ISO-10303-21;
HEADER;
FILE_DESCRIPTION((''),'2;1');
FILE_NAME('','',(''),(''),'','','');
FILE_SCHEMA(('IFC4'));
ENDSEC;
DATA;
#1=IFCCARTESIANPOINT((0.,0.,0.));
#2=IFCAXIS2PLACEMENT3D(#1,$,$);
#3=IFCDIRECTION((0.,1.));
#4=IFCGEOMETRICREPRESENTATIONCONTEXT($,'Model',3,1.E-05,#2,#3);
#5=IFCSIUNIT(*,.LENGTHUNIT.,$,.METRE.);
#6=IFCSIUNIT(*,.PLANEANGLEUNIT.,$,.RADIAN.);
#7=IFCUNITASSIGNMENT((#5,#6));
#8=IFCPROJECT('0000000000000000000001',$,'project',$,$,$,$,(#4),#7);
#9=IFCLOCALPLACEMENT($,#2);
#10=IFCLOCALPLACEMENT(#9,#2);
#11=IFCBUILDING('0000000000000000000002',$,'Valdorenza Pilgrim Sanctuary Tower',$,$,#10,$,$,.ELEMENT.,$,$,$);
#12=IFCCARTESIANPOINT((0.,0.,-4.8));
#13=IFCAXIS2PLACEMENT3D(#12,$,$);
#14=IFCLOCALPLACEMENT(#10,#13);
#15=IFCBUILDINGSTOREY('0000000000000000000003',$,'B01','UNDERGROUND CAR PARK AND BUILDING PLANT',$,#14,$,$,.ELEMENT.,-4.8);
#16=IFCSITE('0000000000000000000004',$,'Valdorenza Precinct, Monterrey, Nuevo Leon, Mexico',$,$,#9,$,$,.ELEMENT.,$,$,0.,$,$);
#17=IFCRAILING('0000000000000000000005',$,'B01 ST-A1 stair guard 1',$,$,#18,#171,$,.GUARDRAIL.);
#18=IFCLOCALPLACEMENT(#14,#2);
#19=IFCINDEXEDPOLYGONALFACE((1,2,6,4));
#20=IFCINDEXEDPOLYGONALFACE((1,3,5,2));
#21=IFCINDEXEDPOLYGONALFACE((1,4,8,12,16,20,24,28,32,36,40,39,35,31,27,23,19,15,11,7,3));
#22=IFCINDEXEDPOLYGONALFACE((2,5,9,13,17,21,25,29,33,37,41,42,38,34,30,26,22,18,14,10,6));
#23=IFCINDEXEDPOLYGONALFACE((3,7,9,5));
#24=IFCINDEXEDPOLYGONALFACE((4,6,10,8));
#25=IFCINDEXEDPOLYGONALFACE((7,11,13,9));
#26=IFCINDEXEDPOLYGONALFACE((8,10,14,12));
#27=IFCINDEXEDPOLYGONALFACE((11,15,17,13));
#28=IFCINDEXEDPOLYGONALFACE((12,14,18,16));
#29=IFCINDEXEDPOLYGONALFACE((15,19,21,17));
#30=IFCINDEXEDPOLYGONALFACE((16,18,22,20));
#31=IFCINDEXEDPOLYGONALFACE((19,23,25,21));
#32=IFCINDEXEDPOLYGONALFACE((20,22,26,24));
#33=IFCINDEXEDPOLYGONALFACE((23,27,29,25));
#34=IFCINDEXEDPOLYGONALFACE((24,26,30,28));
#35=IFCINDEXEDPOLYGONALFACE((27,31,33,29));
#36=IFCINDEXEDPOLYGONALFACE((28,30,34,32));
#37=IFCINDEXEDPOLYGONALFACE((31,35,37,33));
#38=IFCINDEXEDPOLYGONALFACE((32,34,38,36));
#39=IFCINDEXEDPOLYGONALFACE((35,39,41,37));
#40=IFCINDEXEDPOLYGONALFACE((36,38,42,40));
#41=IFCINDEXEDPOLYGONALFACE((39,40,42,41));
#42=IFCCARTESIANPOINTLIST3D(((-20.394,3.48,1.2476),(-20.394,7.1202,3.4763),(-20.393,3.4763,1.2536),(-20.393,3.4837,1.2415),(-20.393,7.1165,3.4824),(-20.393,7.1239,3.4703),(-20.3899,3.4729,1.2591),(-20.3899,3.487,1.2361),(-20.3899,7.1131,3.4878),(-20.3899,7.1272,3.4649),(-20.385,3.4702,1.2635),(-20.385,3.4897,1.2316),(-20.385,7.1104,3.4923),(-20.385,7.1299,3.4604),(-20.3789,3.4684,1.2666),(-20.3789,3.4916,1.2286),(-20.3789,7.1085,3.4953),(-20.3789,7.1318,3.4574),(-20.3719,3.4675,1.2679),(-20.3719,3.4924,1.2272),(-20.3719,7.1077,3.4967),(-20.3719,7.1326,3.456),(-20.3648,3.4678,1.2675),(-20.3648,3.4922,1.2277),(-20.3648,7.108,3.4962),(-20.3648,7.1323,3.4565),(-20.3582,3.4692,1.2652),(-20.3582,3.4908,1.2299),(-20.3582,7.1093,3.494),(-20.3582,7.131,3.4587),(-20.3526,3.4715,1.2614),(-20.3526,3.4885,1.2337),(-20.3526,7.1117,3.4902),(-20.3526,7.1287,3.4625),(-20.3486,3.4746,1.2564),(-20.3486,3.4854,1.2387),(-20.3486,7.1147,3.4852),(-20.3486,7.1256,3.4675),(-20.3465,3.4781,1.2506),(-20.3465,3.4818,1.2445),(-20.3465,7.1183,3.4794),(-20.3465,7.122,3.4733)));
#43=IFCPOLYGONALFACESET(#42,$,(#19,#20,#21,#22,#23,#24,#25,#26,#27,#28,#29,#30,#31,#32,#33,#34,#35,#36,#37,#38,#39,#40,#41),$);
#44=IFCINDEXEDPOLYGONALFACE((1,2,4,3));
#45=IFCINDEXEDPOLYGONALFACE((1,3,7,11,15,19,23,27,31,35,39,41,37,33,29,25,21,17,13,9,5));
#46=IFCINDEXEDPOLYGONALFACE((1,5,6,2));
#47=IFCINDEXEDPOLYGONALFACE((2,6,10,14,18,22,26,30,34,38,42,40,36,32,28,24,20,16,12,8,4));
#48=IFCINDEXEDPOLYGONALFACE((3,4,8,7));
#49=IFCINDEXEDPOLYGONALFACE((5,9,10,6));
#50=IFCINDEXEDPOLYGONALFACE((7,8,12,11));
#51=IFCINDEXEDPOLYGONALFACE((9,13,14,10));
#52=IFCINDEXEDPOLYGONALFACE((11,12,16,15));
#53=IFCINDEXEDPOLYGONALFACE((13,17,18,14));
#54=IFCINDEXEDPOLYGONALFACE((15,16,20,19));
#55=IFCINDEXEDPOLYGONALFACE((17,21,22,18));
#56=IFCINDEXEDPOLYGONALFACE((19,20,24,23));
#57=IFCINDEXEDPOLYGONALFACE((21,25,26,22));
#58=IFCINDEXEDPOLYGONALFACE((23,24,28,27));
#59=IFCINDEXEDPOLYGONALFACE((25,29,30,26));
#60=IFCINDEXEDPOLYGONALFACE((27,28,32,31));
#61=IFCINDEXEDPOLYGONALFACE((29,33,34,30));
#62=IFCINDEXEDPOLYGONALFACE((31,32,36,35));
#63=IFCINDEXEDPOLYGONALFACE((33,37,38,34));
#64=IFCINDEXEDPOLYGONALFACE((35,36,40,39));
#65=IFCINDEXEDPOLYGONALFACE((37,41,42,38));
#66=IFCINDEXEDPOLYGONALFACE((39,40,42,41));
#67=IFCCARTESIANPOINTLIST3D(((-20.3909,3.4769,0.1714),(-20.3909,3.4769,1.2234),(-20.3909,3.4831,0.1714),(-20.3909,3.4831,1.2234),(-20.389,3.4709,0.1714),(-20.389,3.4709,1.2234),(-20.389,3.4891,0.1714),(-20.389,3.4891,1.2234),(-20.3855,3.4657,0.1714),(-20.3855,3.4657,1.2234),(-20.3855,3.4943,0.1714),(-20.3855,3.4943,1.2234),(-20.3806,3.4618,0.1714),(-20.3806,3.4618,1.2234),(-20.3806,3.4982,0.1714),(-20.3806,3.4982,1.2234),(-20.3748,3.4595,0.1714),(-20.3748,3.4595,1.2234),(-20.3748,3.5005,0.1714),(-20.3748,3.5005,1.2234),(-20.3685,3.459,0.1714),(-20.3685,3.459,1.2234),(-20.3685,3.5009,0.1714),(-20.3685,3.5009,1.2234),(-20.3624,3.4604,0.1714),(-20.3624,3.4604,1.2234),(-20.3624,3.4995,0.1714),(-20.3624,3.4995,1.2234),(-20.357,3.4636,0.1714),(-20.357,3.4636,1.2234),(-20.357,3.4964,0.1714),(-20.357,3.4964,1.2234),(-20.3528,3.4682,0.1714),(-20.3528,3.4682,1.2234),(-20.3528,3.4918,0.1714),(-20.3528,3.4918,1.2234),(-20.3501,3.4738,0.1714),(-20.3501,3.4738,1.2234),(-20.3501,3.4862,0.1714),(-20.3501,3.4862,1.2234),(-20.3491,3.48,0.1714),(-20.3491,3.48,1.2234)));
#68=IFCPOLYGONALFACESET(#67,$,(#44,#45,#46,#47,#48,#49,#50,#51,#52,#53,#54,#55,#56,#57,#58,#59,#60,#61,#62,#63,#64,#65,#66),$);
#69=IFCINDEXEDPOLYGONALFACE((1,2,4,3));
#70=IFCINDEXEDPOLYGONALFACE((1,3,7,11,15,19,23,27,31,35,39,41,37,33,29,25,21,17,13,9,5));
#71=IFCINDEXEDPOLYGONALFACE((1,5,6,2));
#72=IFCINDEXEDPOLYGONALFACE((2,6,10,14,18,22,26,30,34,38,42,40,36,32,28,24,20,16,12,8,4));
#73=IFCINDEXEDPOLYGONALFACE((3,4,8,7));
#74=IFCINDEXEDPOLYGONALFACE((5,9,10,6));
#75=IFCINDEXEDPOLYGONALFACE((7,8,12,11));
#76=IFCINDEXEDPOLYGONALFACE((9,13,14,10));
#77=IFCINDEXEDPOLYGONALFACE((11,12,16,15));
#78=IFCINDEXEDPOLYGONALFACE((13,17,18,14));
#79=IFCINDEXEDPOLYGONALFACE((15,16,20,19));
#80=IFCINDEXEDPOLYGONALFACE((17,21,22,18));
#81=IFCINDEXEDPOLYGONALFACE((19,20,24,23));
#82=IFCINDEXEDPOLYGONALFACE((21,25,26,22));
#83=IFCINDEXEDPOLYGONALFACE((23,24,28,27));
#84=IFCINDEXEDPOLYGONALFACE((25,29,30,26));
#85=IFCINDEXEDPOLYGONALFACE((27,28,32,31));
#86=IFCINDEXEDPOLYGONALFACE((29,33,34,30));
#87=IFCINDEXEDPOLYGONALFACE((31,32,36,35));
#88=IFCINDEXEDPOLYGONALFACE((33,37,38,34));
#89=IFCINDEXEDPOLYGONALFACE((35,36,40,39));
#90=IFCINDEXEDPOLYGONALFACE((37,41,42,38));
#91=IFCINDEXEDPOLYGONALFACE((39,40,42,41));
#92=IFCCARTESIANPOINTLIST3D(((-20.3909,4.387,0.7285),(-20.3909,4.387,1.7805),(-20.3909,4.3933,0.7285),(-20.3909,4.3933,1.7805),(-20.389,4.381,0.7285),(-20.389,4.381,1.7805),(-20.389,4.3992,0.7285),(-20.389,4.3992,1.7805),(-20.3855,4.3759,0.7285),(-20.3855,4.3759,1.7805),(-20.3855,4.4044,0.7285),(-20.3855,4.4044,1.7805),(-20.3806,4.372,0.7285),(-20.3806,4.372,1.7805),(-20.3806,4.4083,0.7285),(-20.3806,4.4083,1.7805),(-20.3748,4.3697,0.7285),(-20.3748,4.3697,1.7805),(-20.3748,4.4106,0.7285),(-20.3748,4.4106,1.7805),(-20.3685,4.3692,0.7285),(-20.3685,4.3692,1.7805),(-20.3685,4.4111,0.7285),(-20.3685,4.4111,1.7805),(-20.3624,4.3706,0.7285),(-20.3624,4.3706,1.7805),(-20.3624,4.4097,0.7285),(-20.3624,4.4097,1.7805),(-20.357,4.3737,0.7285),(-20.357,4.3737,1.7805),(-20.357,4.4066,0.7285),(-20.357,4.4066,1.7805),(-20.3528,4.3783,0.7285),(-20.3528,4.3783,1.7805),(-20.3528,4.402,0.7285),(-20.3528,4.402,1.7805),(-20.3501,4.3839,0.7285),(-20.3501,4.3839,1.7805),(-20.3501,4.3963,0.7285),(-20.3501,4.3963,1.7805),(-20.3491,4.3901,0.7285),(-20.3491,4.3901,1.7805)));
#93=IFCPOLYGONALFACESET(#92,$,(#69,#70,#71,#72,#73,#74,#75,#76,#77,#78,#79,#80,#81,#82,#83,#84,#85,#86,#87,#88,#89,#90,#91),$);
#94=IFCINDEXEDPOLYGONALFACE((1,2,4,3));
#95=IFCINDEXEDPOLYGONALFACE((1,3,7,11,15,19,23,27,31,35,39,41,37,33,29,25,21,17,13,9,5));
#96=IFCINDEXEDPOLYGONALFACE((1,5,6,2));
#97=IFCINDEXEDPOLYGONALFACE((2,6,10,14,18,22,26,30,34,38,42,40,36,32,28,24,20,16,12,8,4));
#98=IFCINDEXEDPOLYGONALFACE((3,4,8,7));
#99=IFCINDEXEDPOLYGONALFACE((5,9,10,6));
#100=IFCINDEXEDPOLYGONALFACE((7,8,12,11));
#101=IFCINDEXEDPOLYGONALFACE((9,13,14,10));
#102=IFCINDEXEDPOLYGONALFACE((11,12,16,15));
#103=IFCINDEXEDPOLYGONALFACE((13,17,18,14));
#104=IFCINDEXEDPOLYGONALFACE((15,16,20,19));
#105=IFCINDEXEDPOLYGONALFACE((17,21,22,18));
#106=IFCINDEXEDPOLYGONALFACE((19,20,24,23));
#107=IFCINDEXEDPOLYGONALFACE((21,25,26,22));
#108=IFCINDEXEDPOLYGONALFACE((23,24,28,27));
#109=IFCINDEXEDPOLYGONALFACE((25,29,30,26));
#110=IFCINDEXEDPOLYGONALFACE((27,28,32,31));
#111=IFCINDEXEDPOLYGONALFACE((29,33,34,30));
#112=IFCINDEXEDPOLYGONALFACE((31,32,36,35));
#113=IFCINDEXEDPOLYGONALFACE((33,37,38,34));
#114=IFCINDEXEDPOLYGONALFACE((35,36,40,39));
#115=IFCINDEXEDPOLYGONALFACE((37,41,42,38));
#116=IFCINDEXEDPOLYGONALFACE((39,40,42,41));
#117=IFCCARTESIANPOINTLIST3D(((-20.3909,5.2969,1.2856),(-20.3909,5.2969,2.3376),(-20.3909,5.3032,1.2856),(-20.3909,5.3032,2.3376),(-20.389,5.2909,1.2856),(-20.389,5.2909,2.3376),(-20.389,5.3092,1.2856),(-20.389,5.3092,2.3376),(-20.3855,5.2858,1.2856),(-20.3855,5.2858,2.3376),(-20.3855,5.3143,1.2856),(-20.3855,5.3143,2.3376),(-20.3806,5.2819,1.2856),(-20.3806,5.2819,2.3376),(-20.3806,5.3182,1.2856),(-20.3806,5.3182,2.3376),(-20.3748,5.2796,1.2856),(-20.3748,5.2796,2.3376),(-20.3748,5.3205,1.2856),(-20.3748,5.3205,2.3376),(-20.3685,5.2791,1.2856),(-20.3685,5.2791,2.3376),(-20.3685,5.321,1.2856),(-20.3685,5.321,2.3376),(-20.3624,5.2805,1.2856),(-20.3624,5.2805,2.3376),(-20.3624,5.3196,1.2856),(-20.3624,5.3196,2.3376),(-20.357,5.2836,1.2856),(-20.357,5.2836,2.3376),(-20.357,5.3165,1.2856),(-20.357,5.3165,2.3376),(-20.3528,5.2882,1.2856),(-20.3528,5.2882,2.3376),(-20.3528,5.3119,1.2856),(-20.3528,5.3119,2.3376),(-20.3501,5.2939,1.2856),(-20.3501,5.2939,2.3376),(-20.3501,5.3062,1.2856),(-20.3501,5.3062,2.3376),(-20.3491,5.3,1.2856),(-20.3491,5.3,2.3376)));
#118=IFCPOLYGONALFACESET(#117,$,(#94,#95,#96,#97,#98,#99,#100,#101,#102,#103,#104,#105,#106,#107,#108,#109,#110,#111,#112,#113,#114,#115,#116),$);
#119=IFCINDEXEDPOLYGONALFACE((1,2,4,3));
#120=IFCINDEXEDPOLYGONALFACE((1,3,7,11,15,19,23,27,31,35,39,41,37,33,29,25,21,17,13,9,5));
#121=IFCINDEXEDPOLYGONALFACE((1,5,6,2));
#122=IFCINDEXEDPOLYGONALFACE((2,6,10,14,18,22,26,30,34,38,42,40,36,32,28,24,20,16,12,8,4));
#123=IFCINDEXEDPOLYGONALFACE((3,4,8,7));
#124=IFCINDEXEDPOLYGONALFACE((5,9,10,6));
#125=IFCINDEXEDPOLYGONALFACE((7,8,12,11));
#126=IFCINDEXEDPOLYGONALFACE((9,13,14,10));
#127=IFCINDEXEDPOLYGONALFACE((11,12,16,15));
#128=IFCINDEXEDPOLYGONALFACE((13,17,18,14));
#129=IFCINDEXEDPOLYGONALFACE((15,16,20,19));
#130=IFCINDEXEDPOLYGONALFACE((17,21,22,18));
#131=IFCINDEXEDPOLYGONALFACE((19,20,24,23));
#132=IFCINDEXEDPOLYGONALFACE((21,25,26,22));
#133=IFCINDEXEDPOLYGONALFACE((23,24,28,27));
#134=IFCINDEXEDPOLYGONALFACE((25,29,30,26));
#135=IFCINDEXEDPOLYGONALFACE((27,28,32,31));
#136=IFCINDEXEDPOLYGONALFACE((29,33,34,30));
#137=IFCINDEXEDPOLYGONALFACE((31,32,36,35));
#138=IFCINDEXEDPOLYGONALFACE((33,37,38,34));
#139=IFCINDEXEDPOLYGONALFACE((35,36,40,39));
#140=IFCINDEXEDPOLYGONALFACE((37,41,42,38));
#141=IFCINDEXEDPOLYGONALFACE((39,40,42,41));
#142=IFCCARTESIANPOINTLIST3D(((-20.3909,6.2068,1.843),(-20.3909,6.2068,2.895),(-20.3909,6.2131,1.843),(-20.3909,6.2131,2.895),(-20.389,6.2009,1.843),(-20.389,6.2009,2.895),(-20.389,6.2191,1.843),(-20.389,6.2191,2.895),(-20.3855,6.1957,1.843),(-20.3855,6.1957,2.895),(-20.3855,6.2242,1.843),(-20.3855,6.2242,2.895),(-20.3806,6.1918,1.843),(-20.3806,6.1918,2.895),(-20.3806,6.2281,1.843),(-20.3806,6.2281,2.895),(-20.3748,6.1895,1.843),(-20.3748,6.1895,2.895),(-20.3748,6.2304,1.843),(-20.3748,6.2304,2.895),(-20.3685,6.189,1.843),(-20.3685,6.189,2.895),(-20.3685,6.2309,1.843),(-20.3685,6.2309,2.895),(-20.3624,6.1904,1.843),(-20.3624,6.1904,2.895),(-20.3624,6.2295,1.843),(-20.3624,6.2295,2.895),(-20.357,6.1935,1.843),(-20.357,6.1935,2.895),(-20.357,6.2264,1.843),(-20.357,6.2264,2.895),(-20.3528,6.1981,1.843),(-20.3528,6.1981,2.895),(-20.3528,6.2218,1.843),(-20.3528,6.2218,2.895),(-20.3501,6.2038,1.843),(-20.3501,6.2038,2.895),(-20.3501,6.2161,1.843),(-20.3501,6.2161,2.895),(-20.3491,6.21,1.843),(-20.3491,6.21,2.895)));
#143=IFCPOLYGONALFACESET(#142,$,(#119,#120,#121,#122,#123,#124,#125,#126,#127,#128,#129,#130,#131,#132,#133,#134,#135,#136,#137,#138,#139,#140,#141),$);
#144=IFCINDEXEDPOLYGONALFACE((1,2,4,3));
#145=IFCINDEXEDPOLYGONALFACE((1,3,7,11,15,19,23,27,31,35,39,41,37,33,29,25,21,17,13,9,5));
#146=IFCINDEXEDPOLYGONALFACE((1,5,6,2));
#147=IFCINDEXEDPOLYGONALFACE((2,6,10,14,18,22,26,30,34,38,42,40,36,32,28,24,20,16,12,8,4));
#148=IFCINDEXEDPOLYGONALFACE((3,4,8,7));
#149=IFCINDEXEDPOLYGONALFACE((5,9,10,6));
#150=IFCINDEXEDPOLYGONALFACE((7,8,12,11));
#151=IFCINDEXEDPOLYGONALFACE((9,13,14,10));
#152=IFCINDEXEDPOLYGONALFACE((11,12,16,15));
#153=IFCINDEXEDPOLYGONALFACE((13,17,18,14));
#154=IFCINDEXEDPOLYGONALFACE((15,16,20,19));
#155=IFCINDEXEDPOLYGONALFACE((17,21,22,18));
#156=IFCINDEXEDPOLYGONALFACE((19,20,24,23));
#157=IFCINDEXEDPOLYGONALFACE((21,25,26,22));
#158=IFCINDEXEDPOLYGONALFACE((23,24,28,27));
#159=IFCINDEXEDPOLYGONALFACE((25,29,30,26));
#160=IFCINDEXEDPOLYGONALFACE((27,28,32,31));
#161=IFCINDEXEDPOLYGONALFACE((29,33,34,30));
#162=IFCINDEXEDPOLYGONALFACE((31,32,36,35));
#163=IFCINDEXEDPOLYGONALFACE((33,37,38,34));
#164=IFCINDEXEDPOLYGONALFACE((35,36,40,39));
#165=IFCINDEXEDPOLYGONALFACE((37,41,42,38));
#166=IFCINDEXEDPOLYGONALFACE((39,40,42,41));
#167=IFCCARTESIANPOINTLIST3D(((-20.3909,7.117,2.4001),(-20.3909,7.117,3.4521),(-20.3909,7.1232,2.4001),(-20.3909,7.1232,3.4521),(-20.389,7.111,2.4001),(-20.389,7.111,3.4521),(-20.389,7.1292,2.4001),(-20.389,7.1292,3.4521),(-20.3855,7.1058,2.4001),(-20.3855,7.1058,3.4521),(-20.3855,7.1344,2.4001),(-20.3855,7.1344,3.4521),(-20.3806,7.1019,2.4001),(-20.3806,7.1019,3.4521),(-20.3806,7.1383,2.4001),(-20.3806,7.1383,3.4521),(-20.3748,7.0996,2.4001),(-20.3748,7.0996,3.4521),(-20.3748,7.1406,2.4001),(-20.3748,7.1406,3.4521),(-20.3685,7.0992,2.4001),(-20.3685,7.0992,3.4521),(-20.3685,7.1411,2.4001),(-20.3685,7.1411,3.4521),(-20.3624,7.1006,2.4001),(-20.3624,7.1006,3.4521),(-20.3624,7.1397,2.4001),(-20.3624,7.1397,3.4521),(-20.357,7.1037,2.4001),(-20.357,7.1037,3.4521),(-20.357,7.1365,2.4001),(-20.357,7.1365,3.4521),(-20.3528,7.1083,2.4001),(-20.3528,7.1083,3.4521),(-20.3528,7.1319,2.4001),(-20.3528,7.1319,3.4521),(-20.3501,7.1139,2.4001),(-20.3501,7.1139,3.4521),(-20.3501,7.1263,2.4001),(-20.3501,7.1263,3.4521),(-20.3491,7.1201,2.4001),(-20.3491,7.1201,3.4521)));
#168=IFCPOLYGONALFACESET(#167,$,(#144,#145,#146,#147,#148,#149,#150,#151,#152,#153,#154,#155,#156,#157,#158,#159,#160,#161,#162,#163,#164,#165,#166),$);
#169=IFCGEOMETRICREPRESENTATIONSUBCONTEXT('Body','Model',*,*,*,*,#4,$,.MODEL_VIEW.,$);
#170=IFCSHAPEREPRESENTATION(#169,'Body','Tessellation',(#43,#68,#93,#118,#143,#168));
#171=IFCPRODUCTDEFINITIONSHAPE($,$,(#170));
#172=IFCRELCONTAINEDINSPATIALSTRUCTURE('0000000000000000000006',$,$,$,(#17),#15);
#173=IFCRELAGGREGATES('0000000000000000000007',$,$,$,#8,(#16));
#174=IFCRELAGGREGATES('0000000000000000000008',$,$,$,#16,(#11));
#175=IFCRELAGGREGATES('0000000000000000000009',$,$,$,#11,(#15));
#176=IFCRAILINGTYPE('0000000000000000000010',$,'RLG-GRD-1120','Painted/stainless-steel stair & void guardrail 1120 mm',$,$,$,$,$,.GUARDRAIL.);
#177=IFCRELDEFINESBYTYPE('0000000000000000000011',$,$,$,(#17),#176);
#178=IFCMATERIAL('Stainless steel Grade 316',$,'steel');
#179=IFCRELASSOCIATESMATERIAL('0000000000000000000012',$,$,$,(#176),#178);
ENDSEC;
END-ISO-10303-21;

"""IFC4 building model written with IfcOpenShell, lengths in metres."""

from ifc_helpers import new_model, si_unit, direction, frame, origin, origin_2d, place, context, subcontext, project, spatial, circle, extrude, material, type_object, element, save


model = new_model("IFC4")

# Units and contexts
model_context = context("Model", 3, precision=1e-05, world=origin(), true_north=direction((0.0, 1.0)))
body_context = subcontext(model_context, "Body", "Model", "MODEL_VIEW")
ifc_project = project(units=[si_unit("LENGTHUNIT", "METRE"), si_unit("PLANEANGLEUNIT", "RADIAN")], contexts=[model_context])

# Site, building, storey
site_placement = place(None, origin())
site = spatial("IfcSite", under=ifc_project, at=site_placement, Name="Valdorenza Precinct, Monterrey, Nuevo Leon, Mexico", CompositionType="ELEMENT", RefElevation=0.0)
building_placement = place(site_placement, origin())
building = spatial("IfcBuilding", under=site, at=building_placement, Name="Valdorenza Pilgrim Sanctuary Tower", CompositionType="ELEMENT")
storey_placement = place(building_placement, frame((0.0, 0.0, -4.8)))
storey = spatial("IfcBuildingStorey", under=building, at=storey_placement, Name="B01", Description="UNDERGROUND CAR PARK AND BUILDING PLANT", CompositionType="ELEMENT", Elevation=-4.8)

# Railing
ifc_material_1 = material(Name="Stainless steel Grade 316", Category="steel")
railing_type_1 = type_object("IfcRailingType", Name="RLG-GRD-1120", Description="Painted/stainless-steel stair & void guardrail 1120 mm", PredefinedType="GUARDRAIL", material=ifc_material_1)
railing_1_placement = place(storey_placement, frame((-20.3701, 3.48, 0.1714)))
element("IfcRailing", 1, at=railing_1_placement, inside=storey, type_object=railing_type_1, Name="B01 ST-A1 stair guard 1", PredefinedType="GUARDRAIL", context=body_context, shape_type="SweptSolid", body=[
    extrude(circle(Radius=0.0239, at=origin_2d()), frame((0.0, 0.0, 1.0762), z_axis=(0.0, 0.85284, 0.522172), x_axis=(-1.0, 0.0, 0.0)), (0.0, 0.0, 1.0), 4.2683),
    extrude(circle(Radius=0.021, at=origin_2d()), origin(), (0.0, 0.0, 1.0), 1.052),
    extrude(circle(Radius=0.021, at=origin_2d()), frame((0.0, 0.9102, 0.5571)), (0.0, 0.0, 1.0), 1.052),
    extrude(circle(Radius=0.021, at=origin_2d()), frame((0.0, 1.8201, 1.1143)), (0.0, 0.0, 1.0), 1.052),
    extrude(circle(Radius=0.021, at=origin_2d()), frame((0.0, 2.73, 1.6716)), (0.0, 0.0, 1.0), 1.052),
    extrude(circle(Radius=0.021, at=origin_2d()), frame((0.0, 3.6401, 2.2288)), (0.0, 0.0, 1.0), 1.052),
])

save(model, "model.ifc")
